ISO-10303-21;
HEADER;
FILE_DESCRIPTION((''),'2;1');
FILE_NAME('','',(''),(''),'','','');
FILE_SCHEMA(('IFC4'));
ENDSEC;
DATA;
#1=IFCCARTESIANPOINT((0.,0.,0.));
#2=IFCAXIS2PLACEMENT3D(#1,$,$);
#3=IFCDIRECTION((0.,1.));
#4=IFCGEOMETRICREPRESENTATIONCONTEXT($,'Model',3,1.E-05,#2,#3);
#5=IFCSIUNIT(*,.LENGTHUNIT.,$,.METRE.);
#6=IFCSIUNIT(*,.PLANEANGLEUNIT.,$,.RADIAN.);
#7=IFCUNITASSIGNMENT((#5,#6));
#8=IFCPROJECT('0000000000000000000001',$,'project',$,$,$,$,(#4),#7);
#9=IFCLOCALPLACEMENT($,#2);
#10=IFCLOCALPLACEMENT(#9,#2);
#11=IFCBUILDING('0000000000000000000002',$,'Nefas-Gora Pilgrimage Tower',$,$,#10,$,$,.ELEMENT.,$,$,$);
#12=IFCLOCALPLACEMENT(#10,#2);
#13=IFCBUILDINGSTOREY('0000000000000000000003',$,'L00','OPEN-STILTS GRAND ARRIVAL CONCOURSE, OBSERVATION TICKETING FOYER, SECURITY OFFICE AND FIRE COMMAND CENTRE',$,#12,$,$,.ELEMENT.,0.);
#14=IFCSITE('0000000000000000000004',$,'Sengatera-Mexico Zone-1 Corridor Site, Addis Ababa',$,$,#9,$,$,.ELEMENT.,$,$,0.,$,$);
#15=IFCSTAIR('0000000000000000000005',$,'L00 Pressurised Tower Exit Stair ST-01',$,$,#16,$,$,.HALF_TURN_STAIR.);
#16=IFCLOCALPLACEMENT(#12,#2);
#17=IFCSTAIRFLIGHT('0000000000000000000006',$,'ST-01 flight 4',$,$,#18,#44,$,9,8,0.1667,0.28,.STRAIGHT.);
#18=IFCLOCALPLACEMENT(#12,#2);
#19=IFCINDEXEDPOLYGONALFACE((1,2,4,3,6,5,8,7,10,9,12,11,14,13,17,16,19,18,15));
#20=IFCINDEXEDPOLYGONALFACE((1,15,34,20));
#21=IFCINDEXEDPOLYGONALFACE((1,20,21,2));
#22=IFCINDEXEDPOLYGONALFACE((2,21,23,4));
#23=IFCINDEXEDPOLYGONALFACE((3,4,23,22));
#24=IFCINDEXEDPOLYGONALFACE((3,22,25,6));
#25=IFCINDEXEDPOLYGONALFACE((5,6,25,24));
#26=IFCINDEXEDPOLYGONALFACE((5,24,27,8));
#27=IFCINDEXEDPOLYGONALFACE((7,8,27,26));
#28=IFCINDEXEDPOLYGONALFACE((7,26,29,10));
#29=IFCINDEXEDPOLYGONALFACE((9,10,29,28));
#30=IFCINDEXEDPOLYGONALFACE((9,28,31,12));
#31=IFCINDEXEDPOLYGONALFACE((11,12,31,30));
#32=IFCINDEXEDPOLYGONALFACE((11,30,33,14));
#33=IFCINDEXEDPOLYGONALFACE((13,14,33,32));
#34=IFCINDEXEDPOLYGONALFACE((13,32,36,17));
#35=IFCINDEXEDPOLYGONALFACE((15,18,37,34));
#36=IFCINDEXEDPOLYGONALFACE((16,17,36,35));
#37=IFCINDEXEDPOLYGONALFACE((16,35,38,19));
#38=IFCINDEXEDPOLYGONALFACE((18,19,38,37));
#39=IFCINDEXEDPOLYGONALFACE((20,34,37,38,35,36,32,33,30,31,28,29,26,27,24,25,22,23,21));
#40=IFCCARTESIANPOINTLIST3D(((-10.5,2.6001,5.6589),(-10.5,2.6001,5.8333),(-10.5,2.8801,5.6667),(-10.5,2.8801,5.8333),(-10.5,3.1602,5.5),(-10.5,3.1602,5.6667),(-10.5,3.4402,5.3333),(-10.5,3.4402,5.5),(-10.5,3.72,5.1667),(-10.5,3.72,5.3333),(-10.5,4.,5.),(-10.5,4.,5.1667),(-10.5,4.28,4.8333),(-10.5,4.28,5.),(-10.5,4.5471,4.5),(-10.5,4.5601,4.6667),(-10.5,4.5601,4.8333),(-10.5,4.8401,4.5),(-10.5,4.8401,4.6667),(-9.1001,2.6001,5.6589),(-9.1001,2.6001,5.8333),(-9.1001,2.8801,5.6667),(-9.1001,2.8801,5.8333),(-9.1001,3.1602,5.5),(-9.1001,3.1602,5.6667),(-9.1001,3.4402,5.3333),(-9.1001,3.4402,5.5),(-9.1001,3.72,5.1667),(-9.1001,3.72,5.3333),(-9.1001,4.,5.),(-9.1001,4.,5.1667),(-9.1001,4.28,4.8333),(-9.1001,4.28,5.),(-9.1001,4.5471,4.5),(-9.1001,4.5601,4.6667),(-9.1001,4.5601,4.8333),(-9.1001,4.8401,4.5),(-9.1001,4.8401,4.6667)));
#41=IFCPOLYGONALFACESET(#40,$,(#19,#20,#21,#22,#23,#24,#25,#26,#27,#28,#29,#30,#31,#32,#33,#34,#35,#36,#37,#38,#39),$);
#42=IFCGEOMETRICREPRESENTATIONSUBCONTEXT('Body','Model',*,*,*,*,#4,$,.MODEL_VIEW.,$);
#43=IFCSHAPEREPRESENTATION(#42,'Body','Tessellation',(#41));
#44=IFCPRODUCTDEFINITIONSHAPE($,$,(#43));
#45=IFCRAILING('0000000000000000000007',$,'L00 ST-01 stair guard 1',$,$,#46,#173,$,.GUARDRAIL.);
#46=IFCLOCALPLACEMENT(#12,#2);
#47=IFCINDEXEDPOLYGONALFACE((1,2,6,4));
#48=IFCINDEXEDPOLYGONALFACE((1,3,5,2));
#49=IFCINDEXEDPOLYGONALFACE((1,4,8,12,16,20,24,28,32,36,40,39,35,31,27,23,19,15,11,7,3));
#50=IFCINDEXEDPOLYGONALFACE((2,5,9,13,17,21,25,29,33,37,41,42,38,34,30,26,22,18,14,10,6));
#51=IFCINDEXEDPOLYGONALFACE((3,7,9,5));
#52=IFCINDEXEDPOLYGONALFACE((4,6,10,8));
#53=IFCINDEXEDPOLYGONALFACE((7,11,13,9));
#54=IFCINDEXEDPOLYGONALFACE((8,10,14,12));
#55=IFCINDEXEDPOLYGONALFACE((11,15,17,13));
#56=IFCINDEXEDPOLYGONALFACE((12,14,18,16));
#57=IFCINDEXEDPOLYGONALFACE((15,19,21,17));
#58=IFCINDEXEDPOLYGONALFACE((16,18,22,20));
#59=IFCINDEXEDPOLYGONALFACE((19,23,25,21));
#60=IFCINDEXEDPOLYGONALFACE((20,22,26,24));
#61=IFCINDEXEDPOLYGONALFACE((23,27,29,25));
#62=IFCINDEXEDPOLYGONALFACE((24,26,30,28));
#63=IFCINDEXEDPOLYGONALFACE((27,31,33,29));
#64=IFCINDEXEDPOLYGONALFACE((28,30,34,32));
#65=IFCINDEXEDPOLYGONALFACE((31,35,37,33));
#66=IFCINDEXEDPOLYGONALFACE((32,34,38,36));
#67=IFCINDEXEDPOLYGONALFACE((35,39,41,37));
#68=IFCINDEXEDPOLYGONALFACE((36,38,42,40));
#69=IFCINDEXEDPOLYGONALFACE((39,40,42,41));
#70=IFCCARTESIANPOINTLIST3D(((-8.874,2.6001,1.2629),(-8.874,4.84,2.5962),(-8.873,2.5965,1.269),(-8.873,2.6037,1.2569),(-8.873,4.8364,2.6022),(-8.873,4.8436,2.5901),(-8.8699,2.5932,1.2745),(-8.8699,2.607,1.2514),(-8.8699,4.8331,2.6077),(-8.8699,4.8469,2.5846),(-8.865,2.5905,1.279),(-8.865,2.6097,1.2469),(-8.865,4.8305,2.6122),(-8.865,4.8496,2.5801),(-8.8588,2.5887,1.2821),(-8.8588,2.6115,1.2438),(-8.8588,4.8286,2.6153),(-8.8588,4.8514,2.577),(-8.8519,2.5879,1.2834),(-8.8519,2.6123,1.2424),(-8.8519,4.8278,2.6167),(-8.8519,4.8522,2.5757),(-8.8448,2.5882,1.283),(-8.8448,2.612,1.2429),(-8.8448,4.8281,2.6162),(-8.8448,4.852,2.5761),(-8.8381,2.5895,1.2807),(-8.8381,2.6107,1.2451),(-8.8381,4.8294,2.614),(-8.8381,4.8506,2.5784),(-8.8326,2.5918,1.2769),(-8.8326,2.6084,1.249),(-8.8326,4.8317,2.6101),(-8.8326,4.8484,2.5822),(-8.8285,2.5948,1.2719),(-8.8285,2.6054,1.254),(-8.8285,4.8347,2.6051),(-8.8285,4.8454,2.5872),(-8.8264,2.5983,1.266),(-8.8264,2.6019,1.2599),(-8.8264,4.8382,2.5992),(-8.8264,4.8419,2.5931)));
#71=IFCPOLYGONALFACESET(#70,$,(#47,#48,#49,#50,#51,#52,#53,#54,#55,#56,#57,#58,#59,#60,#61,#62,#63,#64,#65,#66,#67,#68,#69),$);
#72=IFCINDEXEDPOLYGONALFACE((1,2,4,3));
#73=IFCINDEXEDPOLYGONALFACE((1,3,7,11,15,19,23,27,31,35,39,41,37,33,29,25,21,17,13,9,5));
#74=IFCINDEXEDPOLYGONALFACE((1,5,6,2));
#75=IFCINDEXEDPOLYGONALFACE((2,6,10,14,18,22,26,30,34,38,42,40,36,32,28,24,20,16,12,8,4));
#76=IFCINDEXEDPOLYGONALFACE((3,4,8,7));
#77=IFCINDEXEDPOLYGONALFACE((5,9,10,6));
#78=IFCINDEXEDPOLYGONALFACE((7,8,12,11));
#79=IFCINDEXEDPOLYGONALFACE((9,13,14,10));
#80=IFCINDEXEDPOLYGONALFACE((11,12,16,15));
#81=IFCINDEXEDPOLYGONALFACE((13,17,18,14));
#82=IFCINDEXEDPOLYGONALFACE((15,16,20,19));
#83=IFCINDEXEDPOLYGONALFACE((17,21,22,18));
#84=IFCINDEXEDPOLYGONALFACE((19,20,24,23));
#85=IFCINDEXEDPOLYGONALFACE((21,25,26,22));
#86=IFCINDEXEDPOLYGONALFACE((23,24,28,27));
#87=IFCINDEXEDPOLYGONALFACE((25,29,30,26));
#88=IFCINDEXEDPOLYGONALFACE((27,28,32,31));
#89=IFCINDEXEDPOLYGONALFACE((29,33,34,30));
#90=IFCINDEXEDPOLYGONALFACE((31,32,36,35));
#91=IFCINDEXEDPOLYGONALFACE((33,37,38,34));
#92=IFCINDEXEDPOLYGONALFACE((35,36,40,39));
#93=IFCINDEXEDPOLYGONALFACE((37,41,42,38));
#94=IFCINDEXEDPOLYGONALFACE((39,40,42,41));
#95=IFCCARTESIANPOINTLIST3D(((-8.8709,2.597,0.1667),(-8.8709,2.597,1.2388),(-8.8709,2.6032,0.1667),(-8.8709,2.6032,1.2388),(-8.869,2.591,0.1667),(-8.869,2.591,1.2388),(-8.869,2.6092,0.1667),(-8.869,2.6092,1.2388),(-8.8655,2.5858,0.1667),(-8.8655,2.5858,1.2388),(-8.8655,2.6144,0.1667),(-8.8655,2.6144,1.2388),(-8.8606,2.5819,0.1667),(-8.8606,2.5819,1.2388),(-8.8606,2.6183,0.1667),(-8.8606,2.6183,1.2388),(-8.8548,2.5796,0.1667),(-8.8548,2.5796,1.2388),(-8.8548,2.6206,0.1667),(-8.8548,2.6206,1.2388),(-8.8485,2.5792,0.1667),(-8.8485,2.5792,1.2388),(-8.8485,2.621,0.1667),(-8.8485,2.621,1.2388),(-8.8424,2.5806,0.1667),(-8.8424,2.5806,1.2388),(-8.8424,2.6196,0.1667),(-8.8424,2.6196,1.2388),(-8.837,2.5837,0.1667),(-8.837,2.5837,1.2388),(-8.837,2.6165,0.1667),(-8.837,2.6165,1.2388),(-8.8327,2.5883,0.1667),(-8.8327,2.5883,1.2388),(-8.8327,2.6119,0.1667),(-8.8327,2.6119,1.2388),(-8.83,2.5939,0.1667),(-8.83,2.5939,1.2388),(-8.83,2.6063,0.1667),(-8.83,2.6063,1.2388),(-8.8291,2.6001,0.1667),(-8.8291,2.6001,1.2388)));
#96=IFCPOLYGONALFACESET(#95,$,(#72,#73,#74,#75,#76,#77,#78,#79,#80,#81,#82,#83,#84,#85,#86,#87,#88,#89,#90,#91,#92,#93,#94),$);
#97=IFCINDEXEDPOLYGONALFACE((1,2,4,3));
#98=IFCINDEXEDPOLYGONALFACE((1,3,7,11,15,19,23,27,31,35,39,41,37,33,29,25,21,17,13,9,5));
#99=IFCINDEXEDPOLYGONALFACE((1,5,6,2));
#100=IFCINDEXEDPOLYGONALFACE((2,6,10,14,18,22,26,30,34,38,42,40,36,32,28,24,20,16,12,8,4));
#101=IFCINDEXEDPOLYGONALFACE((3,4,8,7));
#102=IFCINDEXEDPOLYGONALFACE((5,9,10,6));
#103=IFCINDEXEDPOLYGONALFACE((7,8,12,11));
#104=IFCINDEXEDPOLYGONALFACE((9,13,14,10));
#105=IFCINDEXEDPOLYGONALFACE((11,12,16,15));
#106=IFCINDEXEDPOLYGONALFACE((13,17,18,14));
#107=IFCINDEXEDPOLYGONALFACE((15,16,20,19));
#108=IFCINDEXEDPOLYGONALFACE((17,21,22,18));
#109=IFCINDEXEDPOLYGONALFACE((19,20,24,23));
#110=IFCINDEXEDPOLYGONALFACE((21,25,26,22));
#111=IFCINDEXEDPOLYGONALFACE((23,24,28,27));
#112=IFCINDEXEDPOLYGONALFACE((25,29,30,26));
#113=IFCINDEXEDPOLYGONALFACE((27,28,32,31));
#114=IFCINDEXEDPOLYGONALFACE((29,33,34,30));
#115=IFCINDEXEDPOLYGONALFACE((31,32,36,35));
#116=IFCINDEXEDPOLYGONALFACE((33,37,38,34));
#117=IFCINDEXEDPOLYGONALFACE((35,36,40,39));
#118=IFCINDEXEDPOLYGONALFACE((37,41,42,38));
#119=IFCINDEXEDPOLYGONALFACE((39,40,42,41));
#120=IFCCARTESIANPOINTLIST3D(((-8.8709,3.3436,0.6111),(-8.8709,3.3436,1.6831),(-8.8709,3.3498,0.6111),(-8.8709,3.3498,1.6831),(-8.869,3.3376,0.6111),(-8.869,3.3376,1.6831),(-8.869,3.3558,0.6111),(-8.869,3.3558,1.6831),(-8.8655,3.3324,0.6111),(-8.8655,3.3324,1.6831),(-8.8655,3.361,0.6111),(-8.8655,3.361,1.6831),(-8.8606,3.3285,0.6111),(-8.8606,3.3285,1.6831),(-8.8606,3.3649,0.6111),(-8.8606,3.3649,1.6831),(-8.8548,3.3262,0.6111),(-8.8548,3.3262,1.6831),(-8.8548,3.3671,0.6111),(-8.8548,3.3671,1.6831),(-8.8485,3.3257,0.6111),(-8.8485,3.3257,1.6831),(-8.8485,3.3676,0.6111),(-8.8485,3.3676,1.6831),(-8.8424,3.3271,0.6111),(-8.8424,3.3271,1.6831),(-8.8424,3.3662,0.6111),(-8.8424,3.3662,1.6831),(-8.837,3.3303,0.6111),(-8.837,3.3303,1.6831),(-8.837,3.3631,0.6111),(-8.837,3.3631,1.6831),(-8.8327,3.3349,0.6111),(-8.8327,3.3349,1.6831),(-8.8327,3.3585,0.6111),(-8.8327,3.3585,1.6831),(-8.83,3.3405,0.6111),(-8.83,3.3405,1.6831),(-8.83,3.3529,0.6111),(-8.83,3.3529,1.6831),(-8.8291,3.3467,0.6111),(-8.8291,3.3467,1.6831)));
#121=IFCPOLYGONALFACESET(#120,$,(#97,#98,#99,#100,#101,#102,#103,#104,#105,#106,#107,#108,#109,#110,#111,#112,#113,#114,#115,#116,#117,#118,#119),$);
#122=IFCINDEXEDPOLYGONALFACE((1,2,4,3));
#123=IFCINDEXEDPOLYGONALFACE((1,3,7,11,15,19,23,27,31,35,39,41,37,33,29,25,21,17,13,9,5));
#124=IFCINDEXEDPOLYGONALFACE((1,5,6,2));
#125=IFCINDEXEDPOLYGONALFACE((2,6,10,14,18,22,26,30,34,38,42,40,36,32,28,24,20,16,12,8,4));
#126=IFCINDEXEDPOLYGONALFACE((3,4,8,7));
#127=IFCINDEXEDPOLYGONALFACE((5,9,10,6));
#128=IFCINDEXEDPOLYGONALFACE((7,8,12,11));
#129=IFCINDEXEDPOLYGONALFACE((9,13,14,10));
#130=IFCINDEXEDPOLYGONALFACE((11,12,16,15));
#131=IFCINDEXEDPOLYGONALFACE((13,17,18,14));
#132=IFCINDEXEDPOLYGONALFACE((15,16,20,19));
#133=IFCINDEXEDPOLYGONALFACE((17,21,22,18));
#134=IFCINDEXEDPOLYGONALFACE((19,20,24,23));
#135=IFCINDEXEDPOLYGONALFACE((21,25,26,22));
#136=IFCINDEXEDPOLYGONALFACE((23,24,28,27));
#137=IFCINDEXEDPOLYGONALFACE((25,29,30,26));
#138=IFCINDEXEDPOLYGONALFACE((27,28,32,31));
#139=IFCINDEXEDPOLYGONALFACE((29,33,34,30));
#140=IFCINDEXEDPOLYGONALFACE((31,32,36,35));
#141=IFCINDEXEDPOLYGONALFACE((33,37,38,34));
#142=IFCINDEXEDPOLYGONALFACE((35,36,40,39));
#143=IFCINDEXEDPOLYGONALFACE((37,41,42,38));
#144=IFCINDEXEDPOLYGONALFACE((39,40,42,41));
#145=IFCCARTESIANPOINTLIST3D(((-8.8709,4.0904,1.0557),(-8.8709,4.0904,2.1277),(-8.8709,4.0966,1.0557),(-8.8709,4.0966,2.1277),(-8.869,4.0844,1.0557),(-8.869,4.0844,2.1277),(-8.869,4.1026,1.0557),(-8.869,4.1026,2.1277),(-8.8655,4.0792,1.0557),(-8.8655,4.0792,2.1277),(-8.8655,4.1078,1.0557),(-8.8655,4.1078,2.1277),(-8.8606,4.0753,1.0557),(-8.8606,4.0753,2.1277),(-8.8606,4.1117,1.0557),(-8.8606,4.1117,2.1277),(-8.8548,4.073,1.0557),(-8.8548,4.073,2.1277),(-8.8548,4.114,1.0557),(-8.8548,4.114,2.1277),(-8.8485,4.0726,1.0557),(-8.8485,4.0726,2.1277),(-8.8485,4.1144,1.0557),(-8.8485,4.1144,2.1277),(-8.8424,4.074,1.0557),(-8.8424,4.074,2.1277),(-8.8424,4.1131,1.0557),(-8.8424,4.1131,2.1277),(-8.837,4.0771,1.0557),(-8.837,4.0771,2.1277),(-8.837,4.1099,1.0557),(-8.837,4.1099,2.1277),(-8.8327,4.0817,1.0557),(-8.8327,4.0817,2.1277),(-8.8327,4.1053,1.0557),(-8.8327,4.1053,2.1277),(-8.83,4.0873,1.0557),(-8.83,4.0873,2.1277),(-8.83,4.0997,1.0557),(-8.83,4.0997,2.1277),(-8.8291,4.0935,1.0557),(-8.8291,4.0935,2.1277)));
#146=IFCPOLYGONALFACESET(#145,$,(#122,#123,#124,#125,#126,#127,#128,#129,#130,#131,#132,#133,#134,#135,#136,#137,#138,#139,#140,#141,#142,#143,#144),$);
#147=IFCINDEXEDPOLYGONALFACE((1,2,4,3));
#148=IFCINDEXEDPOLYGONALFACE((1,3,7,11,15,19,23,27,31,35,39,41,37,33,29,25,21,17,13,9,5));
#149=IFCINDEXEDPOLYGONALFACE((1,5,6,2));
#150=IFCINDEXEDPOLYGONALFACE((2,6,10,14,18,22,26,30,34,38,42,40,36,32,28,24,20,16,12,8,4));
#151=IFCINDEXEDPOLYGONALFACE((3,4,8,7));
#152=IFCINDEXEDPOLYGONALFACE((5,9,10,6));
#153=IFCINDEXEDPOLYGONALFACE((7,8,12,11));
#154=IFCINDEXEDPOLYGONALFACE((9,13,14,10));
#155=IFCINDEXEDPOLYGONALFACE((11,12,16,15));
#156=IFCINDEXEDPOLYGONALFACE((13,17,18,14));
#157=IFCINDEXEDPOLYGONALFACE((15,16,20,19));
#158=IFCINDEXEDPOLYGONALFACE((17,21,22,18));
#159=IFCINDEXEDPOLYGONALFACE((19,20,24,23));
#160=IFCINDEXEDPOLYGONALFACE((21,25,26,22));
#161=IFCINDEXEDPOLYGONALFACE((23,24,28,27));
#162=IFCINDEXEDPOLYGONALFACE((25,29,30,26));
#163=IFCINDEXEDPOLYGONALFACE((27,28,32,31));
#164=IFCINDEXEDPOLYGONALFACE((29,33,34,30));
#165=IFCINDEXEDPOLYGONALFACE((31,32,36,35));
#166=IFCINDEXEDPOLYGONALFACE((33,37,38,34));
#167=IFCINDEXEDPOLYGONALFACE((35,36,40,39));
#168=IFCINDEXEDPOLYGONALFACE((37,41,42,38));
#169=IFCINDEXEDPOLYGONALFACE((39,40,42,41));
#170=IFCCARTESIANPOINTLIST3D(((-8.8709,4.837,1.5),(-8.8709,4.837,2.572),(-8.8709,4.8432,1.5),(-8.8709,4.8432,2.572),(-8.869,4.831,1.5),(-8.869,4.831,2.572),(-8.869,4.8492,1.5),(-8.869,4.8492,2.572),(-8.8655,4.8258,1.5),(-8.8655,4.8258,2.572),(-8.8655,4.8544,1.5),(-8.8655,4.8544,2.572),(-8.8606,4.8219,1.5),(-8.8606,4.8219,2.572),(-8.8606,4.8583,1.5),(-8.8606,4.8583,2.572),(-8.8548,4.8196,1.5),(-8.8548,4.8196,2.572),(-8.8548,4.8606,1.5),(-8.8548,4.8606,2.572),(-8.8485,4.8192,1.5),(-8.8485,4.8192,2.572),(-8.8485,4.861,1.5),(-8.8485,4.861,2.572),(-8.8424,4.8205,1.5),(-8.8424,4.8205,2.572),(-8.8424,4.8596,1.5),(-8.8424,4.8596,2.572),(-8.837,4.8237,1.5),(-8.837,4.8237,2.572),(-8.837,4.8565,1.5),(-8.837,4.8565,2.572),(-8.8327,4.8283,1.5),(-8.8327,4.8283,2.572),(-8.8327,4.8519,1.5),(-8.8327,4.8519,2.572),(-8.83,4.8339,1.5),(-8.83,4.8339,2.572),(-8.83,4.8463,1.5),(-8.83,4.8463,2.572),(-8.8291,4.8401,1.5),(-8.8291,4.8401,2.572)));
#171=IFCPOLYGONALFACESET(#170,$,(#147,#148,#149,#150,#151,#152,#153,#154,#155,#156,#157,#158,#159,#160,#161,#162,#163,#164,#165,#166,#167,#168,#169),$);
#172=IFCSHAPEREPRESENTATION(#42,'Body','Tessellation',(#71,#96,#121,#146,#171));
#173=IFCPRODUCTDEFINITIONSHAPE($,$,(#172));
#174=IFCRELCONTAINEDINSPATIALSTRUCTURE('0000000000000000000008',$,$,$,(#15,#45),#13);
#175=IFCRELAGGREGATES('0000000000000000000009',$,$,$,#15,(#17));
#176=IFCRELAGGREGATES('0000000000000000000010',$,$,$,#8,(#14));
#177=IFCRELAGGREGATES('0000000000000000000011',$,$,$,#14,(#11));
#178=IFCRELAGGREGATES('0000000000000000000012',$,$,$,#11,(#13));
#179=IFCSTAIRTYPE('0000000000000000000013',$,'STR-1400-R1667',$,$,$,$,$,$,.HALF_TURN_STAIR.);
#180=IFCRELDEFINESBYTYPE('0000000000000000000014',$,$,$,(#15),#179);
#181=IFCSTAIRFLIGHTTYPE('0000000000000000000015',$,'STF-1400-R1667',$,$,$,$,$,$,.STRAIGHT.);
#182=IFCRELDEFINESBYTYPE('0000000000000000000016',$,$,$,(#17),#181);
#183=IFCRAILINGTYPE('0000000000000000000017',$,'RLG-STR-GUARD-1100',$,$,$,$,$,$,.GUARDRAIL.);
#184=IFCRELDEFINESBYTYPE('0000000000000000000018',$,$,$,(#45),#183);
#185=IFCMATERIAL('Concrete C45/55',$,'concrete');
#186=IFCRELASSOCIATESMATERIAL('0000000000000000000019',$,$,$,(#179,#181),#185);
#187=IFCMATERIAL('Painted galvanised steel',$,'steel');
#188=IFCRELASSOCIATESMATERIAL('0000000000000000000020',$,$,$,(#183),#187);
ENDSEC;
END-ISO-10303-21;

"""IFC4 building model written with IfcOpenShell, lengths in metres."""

from ifc_helpers import new_model, si_unit, direction, frame, origin, origin_2d, place, context, subcontext, project, spatial, polyline, circle, outline, extrude, source, transform, mapped, material, type_object, element, aggregate, save


model = new_model("IFC4")

# Units and contexts
model_context = context("Model", 3, precision=1e-05, world=origin(), true_north=direction((0.0, 1.0)))
body_context = subcontext(model_context, "Body", "Model", "MODEL_VIEW")
ifc_project = project(units=[si_unit("LENGTHUNIT", "METRE"), si_unit("PLANEANGLEUNIT", "RADIAN")], contexts=[model_context])

# Site, building, storey
site_placement = place(None, origin())
site = spatial("IfcSite", under=ifc_project, at=site_placement, Name="Sengatera-Mexico Zone-1 Corridor Site, Addis Ababa", CompositionType="ELEMENT", RefElevation=0.0)
building_placement = place(site_placement, origin())
building = spatial("IfcBuilding", under=site, at=building_placement, Name="Nefas-Gora Pilgrimage Tower", CompositionType="ELEMENT")
storey_placement = place(building_placement, origin())
storey = spatial("IfcBuildingStorey", under=building, at=storey_placement, Name="L00", Description="OPEN-STILTS GRAND ARRIVAL CONCOURSE, OBSERVATION TICKETING FOYER, SECURITY OFFICE AND FIRE COMMAND CENTRE", CompositionType="ELEMENT", Elevation=0.0)

# Shared definitions
ifc_material_1 = material(Name="Concrete C45/55", Category="concrete")

# Stair, stair flight
stair_type = type_object("IfcStairType", Name="STR-1400-R1667", PredefinedType="HALF_TURN_STAIR", material=ifc_material_1)
stair_placement = place(storey_placement, origin())
stair = element("IfcStair", 1, at=stair_placement, inside=storey, type_object=stair_type, Name="L00 Pressurised Tower Exit Stair ST-01", PredefinedType="HALF_TURN_STAIR")
stair_flight_type = type_object("IfcStairFlightType", Name="STF-1400-R1667", PredefinedType="STRAIGHT", material=ifc_material_1)
shared_shape_1 = source(origin(), body_context, "Body", "SweptSolid", [
    extrude(outline(polyline([(0.0, 0.0), (0.0, 0.1667), (0.28, 0.1667), (0.28, 0.3333), (0.5601, 0.3333), (0.5601, 0.5), (0.8401, 0.5), (0.8401, 0.6667), (1.1201, 0.6667), (1.1201, 0.8333), (1.3999, 0.8333), (1.3999, 1.0), (1.6799, 1.0), (1.6799, 1.1667), (1.96, 1.1667), (1.96, 1.3333), (2.24, 1.3333), (2.24, 1.5), (2.24, 1.1589), (0.293, 0.0), (0.0, 0.0)])), frame((0.0, 0.7, 0.0), z_axis=(0.0, -1.0, 0.0), x_axis=(1.0, 0.0, 0.0)), (0.0, 0.0, 1.0), 1.3999),
])
stair_flight_1_placement = place(storey_placement, frame((-9.8, 4.8401, 4.5), z_axis=(0.0, 0.0, 1.0), x_axis=(0.0, -1.0, 0.0)))
stair_flight_1 = element("IfcStairFlight", 2, at=stair_flight_1_placement, type_object=stair_flight_type, Name="ST-01 flight 4", NumberOfRisers=9, NumberOfTreads=8, PredefinedType="STRAIGHT", RiserHeight=0.1667, TreadLength=0.28, context=body_context, shape_type="MappedRepresentation", body=[
    mapped(shared_shape_1, transform((0.0, 0.0, 0.0), x_axis=(1.0, 0.0, 0.0), y_axis=(0.0, 1.0, 0.0), z_axis=(0.0, 0.0, 1.0), scale=1.0)),
])
aggregate(stair, [stair_flight_1])

# Railing
ifc_material_2 = material(Name="Painted galvanised steel", Category="steel")
railing_type_1 = type_object("IfcRailingType", Name="RLG-STR-GUARD-1100", PredefinedType="GUARDRAIL", material=ifc_material_2)
railing_1_placement = place(storey_placement, frame((-8.8501, 2.6001, 0.1667)))
element("IfcRailing", 3, at=railing_1_placement, inside=storey, type_object=railing_type_1, Name="L00 ST-01 stair guard 1", PredefinedType="GUARDRAIL", context=body_context, shape_type="SweptSolid", body=[
    extrude(circle(Radius=0.0239, at=origin_2d()), frame((0.0, 0.0, 1.0962), z_axis=(0.0, 0.859306, 0.511462), x_axis=(-1.0, 0.0, 0.0)), (0.0, 0.0, 1.0), 2.6067),
    extrude(circle(Radius=0.021, at=origin_2d()), origin(), (0.0, 0.0, 1.0), 1.072),
    extrude(circle(Radius=0.021, at=origin_2d()), frame((0.0, 0.7466, 0.4443)), (0.0, 0.0, 1.0), 1.072),
    extrude(circle(Radius=0.021, at=origin_2d()), frame((0.0, 1.4934, 0.8889)), (0.0, 0.0, 1.0), 1.072),
    extrude(circle(Radius=0.021, at=origin_2d()), frame((0.0, 2.24, 1.3333)), (0.0, 0.0, 1.0), 1.072),
])

save(model, "model.ifc")
